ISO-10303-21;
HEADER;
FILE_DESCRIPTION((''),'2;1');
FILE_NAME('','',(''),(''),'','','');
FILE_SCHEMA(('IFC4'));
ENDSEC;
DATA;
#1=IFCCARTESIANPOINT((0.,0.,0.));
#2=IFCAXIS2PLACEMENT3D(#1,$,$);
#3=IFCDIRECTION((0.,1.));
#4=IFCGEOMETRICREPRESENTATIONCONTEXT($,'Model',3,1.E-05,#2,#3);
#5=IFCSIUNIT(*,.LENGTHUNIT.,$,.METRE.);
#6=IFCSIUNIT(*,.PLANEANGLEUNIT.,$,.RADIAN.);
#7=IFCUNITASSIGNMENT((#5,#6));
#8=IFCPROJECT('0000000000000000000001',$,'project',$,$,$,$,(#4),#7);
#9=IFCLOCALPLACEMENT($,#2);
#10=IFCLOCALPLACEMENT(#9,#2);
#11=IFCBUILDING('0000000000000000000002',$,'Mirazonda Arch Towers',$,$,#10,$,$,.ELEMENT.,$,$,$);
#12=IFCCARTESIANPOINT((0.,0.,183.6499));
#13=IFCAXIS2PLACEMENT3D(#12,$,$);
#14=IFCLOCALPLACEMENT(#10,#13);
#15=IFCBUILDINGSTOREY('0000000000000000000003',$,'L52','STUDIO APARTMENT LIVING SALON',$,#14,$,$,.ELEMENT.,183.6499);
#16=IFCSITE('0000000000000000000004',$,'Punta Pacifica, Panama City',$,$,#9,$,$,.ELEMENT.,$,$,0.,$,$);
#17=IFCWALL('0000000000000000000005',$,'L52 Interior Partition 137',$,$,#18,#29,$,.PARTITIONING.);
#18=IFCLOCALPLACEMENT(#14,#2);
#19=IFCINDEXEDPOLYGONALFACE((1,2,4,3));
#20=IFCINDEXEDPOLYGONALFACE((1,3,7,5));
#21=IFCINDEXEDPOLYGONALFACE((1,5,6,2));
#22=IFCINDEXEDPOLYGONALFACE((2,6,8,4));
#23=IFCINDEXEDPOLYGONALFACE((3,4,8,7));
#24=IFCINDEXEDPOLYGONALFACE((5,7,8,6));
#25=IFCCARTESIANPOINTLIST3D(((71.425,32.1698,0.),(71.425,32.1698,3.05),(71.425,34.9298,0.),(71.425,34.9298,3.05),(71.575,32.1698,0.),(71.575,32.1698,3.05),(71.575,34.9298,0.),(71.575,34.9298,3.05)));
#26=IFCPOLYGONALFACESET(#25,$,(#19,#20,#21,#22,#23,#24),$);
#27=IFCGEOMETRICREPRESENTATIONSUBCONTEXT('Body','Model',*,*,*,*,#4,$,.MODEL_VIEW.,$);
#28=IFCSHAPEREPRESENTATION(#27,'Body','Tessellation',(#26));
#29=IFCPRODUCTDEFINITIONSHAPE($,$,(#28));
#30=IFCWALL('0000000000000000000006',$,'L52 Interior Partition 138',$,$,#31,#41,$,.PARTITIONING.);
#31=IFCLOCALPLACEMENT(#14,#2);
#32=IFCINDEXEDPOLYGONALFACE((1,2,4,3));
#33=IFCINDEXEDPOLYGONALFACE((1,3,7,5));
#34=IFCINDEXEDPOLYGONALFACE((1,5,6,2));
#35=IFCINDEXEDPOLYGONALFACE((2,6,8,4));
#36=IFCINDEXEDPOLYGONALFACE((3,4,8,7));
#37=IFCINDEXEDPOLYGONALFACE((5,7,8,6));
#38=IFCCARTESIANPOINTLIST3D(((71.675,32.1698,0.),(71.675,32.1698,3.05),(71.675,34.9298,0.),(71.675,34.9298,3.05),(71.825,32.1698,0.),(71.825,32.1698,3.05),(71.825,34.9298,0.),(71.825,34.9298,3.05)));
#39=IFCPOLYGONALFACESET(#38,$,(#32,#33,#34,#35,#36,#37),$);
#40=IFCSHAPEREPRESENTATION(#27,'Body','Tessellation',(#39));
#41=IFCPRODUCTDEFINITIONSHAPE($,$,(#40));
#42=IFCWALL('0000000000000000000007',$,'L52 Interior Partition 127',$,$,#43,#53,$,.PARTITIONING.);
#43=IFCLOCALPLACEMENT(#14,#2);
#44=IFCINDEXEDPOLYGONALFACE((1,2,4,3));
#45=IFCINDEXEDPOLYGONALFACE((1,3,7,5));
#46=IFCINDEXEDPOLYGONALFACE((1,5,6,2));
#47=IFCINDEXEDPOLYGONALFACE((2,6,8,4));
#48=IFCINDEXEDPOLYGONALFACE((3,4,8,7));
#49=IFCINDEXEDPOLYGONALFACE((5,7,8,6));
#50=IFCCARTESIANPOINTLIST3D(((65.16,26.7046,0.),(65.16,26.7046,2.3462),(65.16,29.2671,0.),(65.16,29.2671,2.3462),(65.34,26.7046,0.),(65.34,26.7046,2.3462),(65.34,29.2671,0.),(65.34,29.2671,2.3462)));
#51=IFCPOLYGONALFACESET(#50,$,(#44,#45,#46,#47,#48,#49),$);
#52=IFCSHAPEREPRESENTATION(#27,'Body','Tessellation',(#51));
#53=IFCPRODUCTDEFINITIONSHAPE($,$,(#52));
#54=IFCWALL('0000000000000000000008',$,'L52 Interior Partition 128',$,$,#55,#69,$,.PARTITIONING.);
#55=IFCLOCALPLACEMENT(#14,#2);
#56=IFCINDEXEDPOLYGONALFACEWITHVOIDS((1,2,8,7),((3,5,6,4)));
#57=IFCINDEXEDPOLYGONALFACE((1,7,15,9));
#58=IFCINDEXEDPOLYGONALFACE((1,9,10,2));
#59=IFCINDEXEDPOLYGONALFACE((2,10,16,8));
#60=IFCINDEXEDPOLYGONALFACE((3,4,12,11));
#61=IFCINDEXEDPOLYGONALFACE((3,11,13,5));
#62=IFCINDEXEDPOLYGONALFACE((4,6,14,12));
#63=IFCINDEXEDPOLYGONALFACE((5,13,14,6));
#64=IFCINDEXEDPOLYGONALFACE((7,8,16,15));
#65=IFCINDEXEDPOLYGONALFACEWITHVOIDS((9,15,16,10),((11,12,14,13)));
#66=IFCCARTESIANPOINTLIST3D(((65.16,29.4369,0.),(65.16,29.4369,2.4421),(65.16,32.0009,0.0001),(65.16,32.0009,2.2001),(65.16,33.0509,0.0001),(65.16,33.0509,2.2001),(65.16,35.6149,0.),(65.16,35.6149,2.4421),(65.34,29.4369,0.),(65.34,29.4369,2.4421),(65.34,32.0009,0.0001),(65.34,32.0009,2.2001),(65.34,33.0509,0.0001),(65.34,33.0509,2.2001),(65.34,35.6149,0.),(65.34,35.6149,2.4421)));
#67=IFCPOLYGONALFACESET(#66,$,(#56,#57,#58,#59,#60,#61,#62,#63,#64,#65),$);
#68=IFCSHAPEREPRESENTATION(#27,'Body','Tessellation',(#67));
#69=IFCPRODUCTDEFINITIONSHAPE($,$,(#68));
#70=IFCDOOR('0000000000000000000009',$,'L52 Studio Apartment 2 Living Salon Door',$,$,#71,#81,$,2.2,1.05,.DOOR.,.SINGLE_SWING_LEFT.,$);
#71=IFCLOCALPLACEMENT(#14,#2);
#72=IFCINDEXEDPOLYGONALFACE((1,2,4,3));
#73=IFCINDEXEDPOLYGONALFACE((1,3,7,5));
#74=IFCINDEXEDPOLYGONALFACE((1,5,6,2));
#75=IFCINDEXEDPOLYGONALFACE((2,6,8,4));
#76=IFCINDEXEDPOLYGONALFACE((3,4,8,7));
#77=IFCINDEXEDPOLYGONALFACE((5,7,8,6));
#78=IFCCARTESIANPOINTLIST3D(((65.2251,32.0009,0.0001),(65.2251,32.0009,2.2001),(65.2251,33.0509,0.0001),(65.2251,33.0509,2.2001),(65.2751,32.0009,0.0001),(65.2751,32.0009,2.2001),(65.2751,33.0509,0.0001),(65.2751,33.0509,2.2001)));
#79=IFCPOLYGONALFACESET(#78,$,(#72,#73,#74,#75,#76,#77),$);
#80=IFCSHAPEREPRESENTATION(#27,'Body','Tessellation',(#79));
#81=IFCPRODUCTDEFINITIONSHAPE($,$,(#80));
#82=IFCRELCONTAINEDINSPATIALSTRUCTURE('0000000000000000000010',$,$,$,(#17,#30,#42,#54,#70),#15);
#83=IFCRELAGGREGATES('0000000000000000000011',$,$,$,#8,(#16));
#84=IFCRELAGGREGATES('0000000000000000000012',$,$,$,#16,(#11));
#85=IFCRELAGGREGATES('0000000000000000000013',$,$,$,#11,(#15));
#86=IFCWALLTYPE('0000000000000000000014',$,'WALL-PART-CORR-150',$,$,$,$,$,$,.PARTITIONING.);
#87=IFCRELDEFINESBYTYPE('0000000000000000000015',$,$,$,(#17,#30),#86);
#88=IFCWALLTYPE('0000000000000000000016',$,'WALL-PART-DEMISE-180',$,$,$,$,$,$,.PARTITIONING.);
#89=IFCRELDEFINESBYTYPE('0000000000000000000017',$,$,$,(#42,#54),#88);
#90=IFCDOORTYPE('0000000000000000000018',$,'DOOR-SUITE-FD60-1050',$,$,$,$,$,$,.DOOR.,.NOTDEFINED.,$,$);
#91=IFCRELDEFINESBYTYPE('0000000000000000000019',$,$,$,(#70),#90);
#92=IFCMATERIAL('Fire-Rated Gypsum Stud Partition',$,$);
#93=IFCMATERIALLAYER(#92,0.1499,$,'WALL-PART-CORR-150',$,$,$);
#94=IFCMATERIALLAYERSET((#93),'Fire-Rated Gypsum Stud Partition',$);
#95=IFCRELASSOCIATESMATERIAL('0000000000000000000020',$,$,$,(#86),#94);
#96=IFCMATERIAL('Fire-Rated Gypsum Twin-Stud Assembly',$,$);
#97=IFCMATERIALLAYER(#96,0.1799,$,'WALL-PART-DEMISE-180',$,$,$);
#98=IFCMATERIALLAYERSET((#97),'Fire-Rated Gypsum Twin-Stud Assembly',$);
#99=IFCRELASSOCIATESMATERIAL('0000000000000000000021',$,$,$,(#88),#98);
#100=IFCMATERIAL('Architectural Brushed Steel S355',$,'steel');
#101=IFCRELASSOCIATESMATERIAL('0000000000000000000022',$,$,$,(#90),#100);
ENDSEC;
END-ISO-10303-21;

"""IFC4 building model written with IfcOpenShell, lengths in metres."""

from ifc_helpers import new_model, si_unit, direction, frame, frame_2d, origin, place, context, subcontext, project, spatial, rectangle, extrude, material, layer, layer_set, type_object, element, fill, save


model = new_model("IFC4")

# Units and contexts
model_context = context("Model", 3, precision=1e-05, world=origin(), true_north=direction((0.0, 1.0)))
body_context = subcontext(model_context, "Body", "Model", "MODEL_VIEW")
ifc_project = project(units=[si_unit("LENGTHUNIT", "METRE"), si_unit("PLANEANGLEUNIT", "RADIAN")], contexts=[model_context])

# Site, building, storey
site_placement = place(None, origin())
site = spatial("IfcSite", under=ifc_project, at=site_placement, Name="Punta Pacifica, Panama City", CompositionType="ELEMENT", RefElevation=0.0)
building_placement = place(site_placement, origin())
building = spatial("IfcBuilding", under=site, at=building_placement, Name="Mirazonda Arch Towers", CompositionType="ELEMENT")
storey_placement = place(building_placement, frame((0.0, 0.0, 183.6499)))
storey = spatial("IfcBuildingStorey", under=building, at=storey_placement, Name="L52", Description="STUDIO APARTMENT LIVING SALON", CompositionType="ELEMENT", Elevation=183.6499)

# Shared definitions
ifc_material_1 = material(Name="Architectural Brushed Steel S355", Category="steel")

# Shared definitions
ifc_material_2 = material(Name="Fire-Rated Gypsum Stud Partition")
ifc_layer_1 = layer(ifc_material_2, 0.1499, Name="WALL-PART-CORR-150")
ifc_layer_set_1 = layer_set([ifc_layer_1], Name="Fire-Rated Gypsum Stud Partition")
wall_type_1 = type_object("IfcWallType", Name="WALL-PART-CORR-150", PredefinedType="PARTITIONING", material=ifc_layer_set_1)

# Walls
for number, where, z_axis, x_axis, name in (
    (1, (71.5, 32.1699, 0.0), (0.0, 0.0, 1.0), (0.0, 1.0, 0.0), "L52 Interior Partition 137"),
    (2, (71.75, 32.1699, 0.0), (0.0, 0.0, 1.0), (0.0, 1.0, 0.0), "L52 Interior Partition 138"),
):
    element("IfcWall", number, at=place(storey_placement, frame(where, z_axis=z_axis, x_axis=x_axis)), inside=storey, type_object=wall_type_1, Name=name, PredefinedType="PARTITIONING", context=body_context, shape_type="SweptSolid", body=[
        extrude(rectangle(XDim=2.76, YDim=0.1499, at=frame_2d((1.3799, 0.0))), origin(), (0.0, 0.0, 1.0), 3.05),
    ])
ifc_material_3 = material(Name="Fire-Rated Gypsum Twin-Stud Assembly")
ifc_layer_2 = layer(ifc_material_3, 0.1799, Name="WALL-PART-DEMISE-180")
ifc_layer_set_2 = layer_set([ifc_layer_2], Name="Fire-Rated Gypsum Twin-Stud Assembly")
wall_type_2 = type_object("IfcWallType", Name="WALL-PART-DEMISE-180", PredefinedType="PARTITIONING", material=ifc_layer_set_2)
wall_1_placement = place(storey_placement, frame((65.25, 26.7046, 0.0), z_axis=(0.0, 0.0, 1.0), x_axis=(0.0, 1.0, 0.0)))
element("IfcWall", 3, at=wall_1_placement, inside=storey, type_object=wall_type_2, Name="L52 Interior Partition 127", PredefinedType="PARTITIONING", context=body_context, shape_type="SweptSolid", body=[
    extrude(rectangle(XDim=2.5625, YDim=0.1799, at=frame_2d((1.2812, 0.0))), origin(), (0.0, 0.0, 1.0), 2.3462),
])

# Wall, opening, door
wall_2_placement = place(storey_placement, frame((65.25, 29.437, 0.0), z_axis=(0.0, 0.0, 1.0), x_axis=(0.0, 1.0, 0.0)))
wall_2 = element("IfcWall", 4, at=wall_2_placement, inside=storey, type_object=wall_type_2, Name="L52 Interior Partition 128", PredefinedType="PARTITIONING", context=body_context, shape_type="SweptSolid", body=[
    extrude(rectangle(XDim=6.178, YDim=0.1799, at=frame_2d((3.0889, 0.0))), origin(), (0.0, 0.0, 1.0), 2.4421),
])
opening_1_placement = place(wall_2_placement, frame((2.564, 0.0, 0.0)))
opening_1 = element("IfcOpeningElement", 5, at=opening_1_placement, cuts=wall_2, PredefinedType="OPENING", context=body_context, shape_type="SweptSolid", body=[
    extrude(rectangle(XDim=1.05, YDim=2.2, at=frame_2d((0.5249, 1.1001))), frame((0.0, 0.0999, 0.0), z_axis=(0.0, -1.0, 0.0), x_axis=(1.0, 0.0, 0.0)), (0.0, 0.0, 1.0), 0.2),
])
door_type_1 = type_object("IfcDoorType", Name="DOOR-SUITE-FD60-1050", OperationType="NOTDEFINED", PredefinedType="DOOR", material=ifc_material_1)
door_1_placement = place(opening_1_placement, origin())
door_1 = element("IfcDoor", 6, at=door_1_placement, inside=storey, type_object=door_type_1, Name="L52 Studio Apartment 2 Living Salon Door", OperationType="SINGLE_SWING_LEFT", OverallHeight=2.2, OverallWidth=1.05, PredefinedType="DOOR", context=body_context, shape_type="SweptSolid", body=[
    extrude(rectangle(XDim=1.05, YDim=2.2, at=frame_2d((0.5249, 1.1001))), frame((0.0, 0.0249, 0.0), z_axis=(0.0, -1.0, 0.0), x_axis=(1.0, 0.0, 0.0)), (0.0, 0.0, 1.0), 0.05),
])
fill(opening_1, door_1)

save(model, "model.ifc")
